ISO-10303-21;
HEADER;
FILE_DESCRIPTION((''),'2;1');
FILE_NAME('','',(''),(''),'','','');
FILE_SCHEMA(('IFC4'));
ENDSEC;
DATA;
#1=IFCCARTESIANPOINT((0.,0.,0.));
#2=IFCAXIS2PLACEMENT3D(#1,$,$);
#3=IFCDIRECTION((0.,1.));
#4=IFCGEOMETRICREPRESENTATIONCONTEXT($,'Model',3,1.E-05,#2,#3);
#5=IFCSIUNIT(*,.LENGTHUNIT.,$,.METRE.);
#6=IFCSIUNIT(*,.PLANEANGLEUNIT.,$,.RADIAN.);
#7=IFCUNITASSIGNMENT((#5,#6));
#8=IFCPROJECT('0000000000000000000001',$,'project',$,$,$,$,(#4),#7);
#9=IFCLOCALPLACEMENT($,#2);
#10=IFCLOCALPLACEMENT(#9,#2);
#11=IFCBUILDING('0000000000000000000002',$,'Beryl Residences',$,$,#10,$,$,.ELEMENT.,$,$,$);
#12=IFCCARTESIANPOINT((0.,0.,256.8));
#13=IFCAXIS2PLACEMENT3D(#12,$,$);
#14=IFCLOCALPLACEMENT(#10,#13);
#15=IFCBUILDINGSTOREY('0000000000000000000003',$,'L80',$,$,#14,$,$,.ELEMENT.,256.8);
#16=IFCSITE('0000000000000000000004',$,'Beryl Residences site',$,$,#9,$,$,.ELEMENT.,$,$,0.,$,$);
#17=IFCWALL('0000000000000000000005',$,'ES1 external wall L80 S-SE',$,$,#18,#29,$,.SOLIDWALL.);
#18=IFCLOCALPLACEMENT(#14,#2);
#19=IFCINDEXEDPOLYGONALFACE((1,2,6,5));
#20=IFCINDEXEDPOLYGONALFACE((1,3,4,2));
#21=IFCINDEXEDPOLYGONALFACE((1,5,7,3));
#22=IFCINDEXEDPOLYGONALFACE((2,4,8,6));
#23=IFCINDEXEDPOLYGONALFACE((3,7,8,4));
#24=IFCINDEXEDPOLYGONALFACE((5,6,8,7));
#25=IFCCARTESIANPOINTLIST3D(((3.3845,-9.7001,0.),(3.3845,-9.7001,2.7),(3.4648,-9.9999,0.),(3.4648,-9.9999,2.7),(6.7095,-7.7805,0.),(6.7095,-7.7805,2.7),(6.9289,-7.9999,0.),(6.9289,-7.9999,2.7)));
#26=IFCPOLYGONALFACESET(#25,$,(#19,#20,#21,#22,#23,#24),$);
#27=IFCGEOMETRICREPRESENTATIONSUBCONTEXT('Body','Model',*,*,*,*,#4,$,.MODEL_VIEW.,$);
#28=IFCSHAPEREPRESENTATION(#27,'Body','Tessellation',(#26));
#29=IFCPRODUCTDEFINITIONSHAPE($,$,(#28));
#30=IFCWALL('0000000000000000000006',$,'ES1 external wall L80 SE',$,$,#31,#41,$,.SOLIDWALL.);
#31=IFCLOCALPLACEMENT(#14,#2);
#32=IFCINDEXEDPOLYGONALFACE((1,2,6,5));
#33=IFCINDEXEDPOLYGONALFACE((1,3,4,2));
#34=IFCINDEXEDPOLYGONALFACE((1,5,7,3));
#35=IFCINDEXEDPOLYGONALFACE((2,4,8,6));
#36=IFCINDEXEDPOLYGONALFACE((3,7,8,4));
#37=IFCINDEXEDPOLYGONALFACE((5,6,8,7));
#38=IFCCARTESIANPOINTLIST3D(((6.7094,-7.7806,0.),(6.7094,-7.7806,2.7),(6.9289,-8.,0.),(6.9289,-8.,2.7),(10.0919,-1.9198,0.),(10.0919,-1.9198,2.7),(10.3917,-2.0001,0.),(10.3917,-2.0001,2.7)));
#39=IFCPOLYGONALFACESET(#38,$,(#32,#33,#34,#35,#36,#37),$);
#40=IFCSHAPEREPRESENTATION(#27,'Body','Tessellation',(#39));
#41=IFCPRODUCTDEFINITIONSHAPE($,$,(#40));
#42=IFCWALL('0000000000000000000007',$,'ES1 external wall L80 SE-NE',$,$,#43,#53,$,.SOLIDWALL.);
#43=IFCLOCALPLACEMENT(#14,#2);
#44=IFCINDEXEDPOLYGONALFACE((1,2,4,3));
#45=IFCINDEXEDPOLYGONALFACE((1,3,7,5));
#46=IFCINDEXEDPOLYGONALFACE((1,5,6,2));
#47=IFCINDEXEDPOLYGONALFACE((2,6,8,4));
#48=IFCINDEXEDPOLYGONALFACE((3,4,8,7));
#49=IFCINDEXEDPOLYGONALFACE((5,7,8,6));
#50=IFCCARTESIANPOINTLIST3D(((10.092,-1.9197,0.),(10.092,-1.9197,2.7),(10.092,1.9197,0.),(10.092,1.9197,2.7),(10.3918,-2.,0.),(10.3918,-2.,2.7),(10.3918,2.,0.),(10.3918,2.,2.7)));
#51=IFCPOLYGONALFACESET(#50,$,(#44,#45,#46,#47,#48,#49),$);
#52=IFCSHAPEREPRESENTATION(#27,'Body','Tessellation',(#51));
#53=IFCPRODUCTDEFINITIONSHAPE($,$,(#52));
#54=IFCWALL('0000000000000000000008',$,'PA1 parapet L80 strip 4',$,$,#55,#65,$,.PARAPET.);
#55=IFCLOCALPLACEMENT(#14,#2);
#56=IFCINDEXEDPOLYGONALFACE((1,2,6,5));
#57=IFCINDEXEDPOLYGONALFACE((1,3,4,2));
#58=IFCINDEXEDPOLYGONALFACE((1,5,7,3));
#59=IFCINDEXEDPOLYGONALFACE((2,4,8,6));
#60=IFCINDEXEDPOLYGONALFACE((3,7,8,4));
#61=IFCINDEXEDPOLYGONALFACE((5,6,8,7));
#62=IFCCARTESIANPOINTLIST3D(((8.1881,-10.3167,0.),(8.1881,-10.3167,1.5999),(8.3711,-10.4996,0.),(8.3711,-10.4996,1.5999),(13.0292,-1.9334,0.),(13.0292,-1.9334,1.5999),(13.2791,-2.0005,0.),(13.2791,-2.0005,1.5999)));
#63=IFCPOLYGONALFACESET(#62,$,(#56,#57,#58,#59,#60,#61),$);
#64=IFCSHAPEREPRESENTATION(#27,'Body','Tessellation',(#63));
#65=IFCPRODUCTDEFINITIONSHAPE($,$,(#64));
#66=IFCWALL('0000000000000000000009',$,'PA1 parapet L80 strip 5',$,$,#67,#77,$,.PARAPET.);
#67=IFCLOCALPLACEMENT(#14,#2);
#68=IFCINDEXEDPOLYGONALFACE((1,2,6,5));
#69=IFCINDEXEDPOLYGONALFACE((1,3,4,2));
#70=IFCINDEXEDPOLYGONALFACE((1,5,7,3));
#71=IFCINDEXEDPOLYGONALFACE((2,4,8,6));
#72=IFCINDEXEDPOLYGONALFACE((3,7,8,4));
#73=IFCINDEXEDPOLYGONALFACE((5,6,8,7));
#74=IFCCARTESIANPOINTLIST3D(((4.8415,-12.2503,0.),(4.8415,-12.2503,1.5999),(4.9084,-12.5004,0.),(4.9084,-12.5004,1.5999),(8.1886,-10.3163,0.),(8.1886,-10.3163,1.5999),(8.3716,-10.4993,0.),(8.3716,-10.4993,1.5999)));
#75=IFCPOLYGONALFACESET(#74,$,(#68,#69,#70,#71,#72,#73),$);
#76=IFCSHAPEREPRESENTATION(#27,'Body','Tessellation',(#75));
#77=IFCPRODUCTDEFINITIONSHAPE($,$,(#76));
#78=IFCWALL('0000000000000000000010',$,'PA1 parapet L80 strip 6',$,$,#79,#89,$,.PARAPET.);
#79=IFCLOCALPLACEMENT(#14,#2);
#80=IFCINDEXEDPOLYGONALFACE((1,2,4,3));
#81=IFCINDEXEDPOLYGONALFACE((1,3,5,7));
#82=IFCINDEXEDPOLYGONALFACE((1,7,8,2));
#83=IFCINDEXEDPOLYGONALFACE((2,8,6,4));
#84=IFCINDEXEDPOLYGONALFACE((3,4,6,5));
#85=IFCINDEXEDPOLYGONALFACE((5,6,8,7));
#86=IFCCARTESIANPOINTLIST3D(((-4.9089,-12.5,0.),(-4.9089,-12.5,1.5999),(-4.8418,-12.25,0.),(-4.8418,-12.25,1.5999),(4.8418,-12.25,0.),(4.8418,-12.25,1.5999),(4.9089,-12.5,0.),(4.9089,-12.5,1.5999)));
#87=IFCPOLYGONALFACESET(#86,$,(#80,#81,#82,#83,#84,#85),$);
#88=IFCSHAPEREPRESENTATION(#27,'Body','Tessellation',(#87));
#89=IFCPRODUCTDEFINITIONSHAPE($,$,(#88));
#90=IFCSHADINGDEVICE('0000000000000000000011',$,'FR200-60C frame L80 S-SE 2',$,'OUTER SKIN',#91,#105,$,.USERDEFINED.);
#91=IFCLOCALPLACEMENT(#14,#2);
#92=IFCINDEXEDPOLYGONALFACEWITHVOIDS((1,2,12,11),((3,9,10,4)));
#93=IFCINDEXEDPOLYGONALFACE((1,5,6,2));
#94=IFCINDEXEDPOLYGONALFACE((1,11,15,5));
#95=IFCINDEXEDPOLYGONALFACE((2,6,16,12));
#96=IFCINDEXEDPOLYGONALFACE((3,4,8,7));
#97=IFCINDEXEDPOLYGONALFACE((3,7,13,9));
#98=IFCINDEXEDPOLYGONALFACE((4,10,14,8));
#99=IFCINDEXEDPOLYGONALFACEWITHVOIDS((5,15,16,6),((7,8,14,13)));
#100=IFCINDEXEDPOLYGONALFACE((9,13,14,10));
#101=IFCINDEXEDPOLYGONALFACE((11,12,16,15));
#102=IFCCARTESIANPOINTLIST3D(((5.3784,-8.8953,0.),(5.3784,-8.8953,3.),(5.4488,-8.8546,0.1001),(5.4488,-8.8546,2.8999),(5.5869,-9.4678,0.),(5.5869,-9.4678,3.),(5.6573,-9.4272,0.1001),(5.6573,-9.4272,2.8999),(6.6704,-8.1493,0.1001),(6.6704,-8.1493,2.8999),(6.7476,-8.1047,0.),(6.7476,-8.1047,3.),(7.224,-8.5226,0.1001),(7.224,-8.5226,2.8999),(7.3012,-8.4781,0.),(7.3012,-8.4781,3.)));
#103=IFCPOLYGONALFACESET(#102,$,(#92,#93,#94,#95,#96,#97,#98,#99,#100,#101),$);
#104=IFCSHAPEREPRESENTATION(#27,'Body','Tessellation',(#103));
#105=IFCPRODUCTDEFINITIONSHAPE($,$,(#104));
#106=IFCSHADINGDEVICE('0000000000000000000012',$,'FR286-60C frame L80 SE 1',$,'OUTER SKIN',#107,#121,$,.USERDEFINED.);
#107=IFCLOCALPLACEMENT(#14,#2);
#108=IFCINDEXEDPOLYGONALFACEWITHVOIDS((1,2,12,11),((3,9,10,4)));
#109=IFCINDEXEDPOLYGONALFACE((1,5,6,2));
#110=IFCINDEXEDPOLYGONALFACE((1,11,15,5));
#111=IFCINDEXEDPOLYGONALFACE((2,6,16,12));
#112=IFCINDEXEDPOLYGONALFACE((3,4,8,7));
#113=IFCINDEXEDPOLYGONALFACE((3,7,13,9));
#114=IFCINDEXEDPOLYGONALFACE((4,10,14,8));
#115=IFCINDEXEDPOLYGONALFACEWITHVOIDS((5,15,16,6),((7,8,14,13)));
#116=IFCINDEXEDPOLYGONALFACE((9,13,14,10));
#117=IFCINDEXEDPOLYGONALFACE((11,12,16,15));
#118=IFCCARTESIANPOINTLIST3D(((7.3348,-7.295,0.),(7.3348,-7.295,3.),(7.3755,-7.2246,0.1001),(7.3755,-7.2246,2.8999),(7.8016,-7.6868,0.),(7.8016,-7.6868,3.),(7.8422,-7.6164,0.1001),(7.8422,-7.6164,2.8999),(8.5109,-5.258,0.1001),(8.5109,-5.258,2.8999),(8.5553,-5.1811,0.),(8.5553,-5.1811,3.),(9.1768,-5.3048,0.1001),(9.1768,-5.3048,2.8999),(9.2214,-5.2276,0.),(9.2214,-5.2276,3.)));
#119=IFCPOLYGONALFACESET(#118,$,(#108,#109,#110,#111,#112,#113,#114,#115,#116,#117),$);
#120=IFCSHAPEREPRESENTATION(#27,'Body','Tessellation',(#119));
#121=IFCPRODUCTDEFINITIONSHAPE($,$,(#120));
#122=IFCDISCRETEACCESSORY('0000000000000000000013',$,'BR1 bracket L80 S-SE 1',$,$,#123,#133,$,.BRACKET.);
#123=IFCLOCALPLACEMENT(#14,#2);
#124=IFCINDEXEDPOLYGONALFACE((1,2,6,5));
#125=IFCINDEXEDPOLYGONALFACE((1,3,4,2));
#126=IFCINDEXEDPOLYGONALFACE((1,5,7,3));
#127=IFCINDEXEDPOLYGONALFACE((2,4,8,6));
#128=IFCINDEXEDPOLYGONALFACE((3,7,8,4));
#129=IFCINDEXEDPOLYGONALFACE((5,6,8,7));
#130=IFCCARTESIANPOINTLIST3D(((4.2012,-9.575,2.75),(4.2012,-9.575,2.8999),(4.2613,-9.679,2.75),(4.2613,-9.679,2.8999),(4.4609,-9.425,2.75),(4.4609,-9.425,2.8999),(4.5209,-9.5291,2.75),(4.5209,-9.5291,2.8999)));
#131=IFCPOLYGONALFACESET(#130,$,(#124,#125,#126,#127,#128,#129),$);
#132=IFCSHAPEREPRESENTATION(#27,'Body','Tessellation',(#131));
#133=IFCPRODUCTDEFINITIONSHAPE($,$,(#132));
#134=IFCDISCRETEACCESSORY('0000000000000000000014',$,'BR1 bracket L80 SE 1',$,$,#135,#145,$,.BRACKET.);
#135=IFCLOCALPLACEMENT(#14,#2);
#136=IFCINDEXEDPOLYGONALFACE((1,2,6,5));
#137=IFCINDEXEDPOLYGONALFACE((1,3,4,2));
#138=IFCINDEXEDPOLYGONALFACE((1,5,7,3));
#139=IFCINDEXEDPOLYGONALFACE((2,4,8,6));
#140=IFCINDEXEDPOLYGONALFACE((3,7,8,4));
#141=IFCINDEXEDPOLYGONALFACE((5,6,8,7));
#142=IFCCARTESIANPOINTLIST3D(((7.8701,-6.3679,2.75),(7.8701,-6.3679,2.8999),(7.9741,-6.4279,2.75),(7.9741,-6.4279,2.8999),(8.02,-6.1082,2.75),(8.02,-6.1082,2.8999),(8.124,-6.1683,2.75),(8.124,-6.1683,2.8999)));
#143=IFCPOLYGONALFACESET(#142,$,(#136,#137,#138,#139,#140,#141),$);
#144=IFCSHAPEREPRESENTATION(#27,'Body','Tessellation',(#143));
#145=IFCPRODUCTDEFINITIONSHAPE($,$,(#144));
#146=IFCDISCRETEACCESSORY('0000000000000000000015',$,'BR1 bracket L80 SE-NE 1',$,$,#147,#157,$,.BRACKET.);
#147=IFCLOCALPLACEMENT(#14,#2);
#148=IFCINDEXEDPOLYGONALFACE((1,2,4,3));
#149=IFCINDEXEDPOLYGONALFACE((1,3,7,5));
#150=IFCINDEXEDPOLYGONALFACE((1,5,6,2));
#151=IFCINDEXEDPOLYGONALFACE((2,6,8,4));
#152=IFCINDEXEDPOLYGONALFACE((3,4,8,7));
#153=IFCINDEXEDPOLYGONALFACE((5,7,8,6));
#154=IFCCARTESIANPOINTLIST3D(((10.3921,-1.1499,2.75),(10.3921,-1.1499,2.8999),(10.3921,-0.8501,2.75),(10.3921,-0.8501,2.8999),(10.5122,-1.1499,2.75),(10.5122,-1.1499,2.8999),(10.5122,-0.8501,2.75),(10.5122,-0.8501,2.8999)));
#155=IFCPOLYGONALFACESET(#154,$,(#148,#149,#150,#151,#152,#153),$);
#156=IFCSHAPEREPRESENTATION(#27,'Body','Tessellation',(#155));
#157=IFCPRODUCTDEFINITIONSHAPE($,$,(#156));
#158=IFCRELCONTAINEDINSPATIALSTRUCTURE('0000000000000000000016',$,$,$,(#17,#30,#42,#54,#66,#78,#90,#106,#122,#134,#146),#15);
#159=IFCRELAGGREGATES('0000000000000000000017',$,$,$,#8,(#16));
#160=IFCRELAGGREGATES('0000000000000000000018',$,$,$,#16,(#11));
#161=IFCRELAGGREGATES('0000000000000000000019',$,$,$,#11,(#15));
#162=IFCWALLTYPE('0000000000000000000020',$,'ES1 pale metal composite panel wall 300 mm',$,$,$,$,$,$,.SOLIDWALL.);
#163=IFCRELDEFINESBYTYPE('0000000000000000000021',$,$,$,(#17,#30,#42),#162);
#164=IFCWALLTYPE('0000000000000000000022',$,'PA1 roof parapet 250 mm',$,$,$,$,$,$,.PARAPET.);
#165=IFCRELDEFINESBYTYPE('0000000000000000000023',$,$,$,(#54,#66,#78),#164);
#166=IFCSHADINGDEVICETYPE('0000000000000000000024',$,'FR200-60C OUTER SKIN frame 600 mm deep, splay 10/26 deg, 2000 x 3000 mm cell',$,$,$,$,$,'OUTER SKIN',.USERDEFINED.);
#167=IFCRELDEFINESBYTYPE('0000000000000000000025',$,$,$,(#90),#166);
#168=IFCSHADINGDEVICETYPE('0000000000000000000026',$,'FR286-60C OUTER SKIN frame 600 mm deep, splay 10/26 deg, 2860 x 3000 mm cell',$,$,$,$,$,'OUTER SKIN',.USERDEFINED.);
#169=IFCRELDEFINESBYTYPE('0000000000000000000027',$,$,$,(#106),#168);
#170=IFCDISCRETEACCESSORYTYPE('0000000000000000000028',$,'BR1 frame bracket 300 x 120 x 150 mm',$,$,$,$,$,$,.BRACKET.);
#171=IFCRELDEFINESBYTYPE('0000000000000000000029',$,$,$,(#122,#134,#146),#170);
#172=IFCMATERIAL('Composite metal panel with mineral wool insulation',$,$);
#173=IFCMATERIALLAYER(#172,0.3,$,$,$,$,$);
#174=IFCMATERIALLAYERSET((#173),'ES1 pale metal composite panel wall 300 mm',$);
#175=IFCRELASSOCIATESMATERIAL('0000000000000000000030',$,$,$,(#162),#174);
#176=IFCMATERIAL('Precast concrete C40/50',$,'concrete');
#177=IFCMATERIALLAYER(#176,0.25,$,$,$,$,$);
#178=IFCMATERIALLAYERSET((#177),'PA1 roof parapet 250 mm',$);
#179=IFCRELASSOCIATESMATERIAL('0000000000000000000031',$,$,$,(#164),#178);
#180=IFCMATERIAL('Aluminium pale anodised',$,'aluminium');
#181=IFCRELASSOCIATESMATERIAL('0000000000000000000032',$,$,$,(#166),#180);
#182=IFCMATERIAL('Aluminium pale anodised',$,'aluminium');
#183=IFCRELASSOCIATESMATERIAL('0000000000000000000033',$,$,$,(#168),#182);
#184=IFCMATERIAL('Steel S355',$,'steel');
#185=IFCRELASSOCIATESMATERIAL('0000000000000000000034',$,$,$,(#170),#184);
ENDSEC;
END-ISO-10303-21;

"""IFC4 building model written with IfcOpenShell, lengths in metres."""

from ifc_helpers import new_model, entity, si_unit, direction, frame, origin, place, context, subcontext, project, spatial, polyline, outline, extrude, source, transform, mapped, material, layer, layer_set, type_object, type_shapes, element, save


model = new_model("IFC4")

# Units and contexts
model_context = context("Model", 3, precision=1e-05, world=origin(), true_north=direction((0.0, 1.0)))
body_context = subcontext(model_context, "Body", "Model", "MODEL_VIEW")
ifc_project = project(units=[si_unit("LENGTHUNIT", "METRE"), si_unit("PLANEANGLEUNIT", "RADIAN")], contexts=[model_context])

# Site, building, storey
site_placement = place(None, origin())
site = spatial("IfcSite", under=ifc_project, at=site_placement, Name="Beryl Residences site", CompositionType="ELEMENT", RefElevation=0.0)
building_placement = place(site_placement, origin())
building = spatial("IfcBuilding", under=site, at=building_placement, Name="Beryl Residences", CompositionType="ELEMENT")
storey_placement = place(building_placement, frame((0.0, 0.0, 256.8)))
storey = spatial("IfcBuildingStorey", under=building, at=storey_placement, Name="L80", CompositionType="ELEMENT", Elevation=256.8)

# Walls
ifc_material_1 = material(Name="Composite metal panel with mineral wool insulation")
ifc_layer_1 = layer(ifc_material_1, 0.3)
ifc_layer_set_1 = layer_set([ifc_layer_1], Name="ES1 pale metal composite panel wall 300 mm")
wall_type_1 = type_object("IfcWallType", Name="ES1 pale metal composite panel wall 300 mm", PredefinedType="SOLIDWALL", material=ifc_layer_set_1)
wall_1_placement = place(storey_placement, frame((3.3899, -9.8701, 0.0), z_axis=(0.0, 0.0, 1.0), x_axis=(0.866026, 0.499999, 0.0)))
element("IfcWall", 1, at=wall_1_placement, inside=storey, type_object=wall_type_1, Name="ES1 external wall L80 S-SE", PredefinedType="SOLIDWALL", context=body_context, shape_type="SweptSolid", body=[
    extrude(outline(polyline([(0.0, -0.1499), (4.0, -0.1499), (3.9197, 0.1499), (0.0803, 0.1499), (0.0, -0.1499)])), origin(), (0.0, 0.0, 1.0), 2.7),
])
wall_2_placement = place(storey_placement, frame((6.7991, -7.925, 0.0), z_axis=(0.0, 0.0, 1.0), x_axis=(0.499869, 0.866101, 0.0)))
element("IfcWall", 2, at=wall_2_placement, inside=storey, type_object=wall_type_1, Name="ES1 external wall L80 SE", PredefinedType="SOLIDWALL", context=body_context, shape_type="SweptSolid", body=[
    extrude(outline(polyline([(0.0, -0.1499), (6.9275, -0.1499), (6.8472, 0.1499), (0.0803, 0.1499), (0.0, -0.1499)])), origin(), (0.0, 0.0, 1.0), 2.7),
])
wall_3_placement = place(storey_placement, frame((10.2419, -2.0, 0.0), z_axis=(0.0, 0.0, 1.0), x_axis=(0.0, 1.0, 0.0)))
element("IfcWall", 3, at=wall_3_placement, inside=storey, type_object=wall_type_1, Name="ES1 external wall L80 SE-NE", PredefinedType="SOLIDWALL", context=body_context, shape_type="SweptSolid", body=[
    extrude(outline(polyline([(0.0, -0.1499), (4.0, -0.1499), (3.9197, 0.1499), (0.0803, 0.1499), (0.0, -0.1499)])), origin(), (0.0, 0.0, 1.0), 2.7),
])
ifc_material_2 = material(Name="Precast concrete C40/50", Category="concrete")
ifc_layer_2 = layer(ifc_material_2, 0.25)
ifc_layer_set_2 = layer_set([ifc_layer_2], Name="PA1 roof parapet 250 mm")
wall_type_2 = type_object("IfcWallType", Name="PA1 roof parapet 250 mm", PredefinedType="PARAPET", material=ifc_layer_set_2)
wall_4_placement = place(storey_placement, frame((13.1709, -1.938, 0.0), z_axis=(0.0, 0.0, 1.0), x_axis=(-0.50008, -0.865979, 0.0)))
element("IfcWall", 4, at=wall_4_placement, inside=storey, type_object=wall_type_2, Name="PA1 parapet L80 strip 4", PredefinedType="PARAPET", context=body_context, shape_type="SweptSolid", body=[
    extrude(outline(polyline([(0.0669, -0.125), (9.7476, -0.125), (9.8145, 0.125), (0.0, 0.125), (0.0669, -0.125)])), origin(), (0.0, 0.0, 1.0), 1.5999),
])
wall_5_placement = place(storey_placement, frame((8.3091, -10.3911, 0.0), z_axis=(0.0, 0.0, 1.0), x_axis=(-0.865859, -0.500288, 0.0)))
element("IfcWall", 5, at=wall_5_placement, inside=storey, type_object=wall_type_2, Name="PA1 parapet L80 strip 5", PredefinedType="PARAPET", context=body_context, shape_type="SweptSolid", body=[
    extrude(outline(polyline([(0.0669, -0.125), (3.9326, -0.125), (3.9998, 0.125), (0.0, 0.125), (0.0669, -0.125)])), origin(), (0.0, 0.0, 1.0), 1.5999),
])
wall_6_placement = place(storey_placement, frame((4.9089, -12.375, 0.0), z_axis=(0.0, 0.0, 1.0), x_axis=(-1.0, 0.0, 0.0)))
element("IfcWall", 6, at=wall_6_placement, inside=storey, type_object=wall_type_2, Name="PA1 parapet L80 strip 6", PredefinedType="PARAPET", context=body_context, shape_type="SweptSolid", body=[
    extrude(outline(polyline([(0.0671, -0.125), (9.7507, -0.125), (9.8179, 0.125), (0.0, 0.125), (0.0671, -0.125)])), origin(), (0.0, 0.0, 1.0), 1.5999),
])

# Shading devices
ifc_material_3 = material(Name="Aluminium pale anodised", Category="aluminium")
shading_device_type_1 = type_object("IfcShadingDeviceType", Name="FR200-60C OUTER SKIN frame 600 mm deep, splay 10/26 deg, 2000 x 3000 mm cell", ElementType="OUTER SKIN", PredefinedType="USERDEFINED", material=ifc_material_3)
cartesian_point_1 = entity("IfcCartesianPoint", [-0.7905, 0.0])
cartesian_point_2 = entity("IfcCartesianPoint", [-0.7092, 0.1001])
cartesian_point_3 = entity("IfcCartesianPoint", [-0.8962, 0.0])
cartesian_point_4 = entity("IfcCartesianPoint", [-0.8149, 0.1001])
shared_shape_1 = source(origin(), body_context, "Body", "SweptSolid", [
    entity("IfcExtrudedAreaSolidTapered", entity("IfcArbitraryProfileDefWithVoids", "AREA", None, entity("IfcPolyline", [cartesian_point_1, entity("IfcCartesianPoint", [0.7905, 0.0]), entity("IfcCartesianPoint", [0.7905, 3.0]), entity("IfcCartesianPoint", [-0.7905, 3.0]), cartesian_point_1]), [entity("IfcPolyline", [cartesian_point_2, entity("IfcCartesianPoint", [0.7014, 0.1001]), entity("IfcCartesianPoint", [0.7014, 2.8999]), entity("IfcCartesianPoint", [-0.7092, 2.8999]), cartesian_point_2])]), entity("IfcAxis2Placement3D", entity("IfcCartesianPoint", [0.0, 0.0, 0.0]), entity("IfcDirection", [0.0, 1.0, 0.0]), entity("IfcDirection", [-1.0, 0.0, 0.0])), entity("IfcDirection", [0.0, 0.0, 1.0]), 0.6001, entity("IfcArbitraryProfileDefWithVoids", "AREA", None, entity("IfcPolyline", [cartesian_point_3, entity("IfcCartesianPoint", [1.0833, 0.0]), entity("IfcCartesianPoint", [1.0833, 3.0]), entity("IfcCartesianPoint", [-0.8962, 3.0]), cartesian_point_3]), [entity("IfcPolyline", [cartesian_point_4, entity("IfcCartesianPoint", [0.9941, 0.1001]), entity("IfcCartesianPoint", [0.9941, 2.8999]), entity("IfcCartesianPoint", [-0.8149, 2.8999]), cartesian_point_4])])),
])
type_shapes(shading_device_type_1, [shared_shape_1])
for number, where, z_axis, x_axis, name in (
    (7, (6.063, -8.5, 0.0), (0.0, 0.0, 1.0), (-0.866025, -0.5, 0.0), "FR200-60C frame L80 S-SE 2"),
):
    element("IfcShadingDevice", number, at=place(storey_placement, frame(where, z_axis=z_axis, x_axis=x_axis)), inside=storey, type_object=shading_device_type_1, Name=name, ObjectType="OUTER SKIN", PredefinedType="USERDEFINED", context=body_context, shape_type="MappedRepresentation", body=[
        mapped(shared_shape_1, transform((0.0, 0.0, 0.0))),
    ])
ifc_material_4 = material(Name="Aluminium pale anodised", Category="aluminium")
shading_device_type_2 = type_object("IfcShadingDeviceType", Name="FR286-60C OUTER SKIN frame 600 mm deep, splay 10/26 deg, 2860 x 3000 mm cell", ElementType="OUTER SKIN", PredefinedType="USERDEFINED", material=ifc_material_4)
cartesian_point_5 = entity("IfcCartesianPoint", [-1.2205, 0.0])
cartesian_point_6 = entity("IfcCartesianPoint", [-1.1392, 0.1001])
cartesian_point_7 = entity("IfcCartesianPoint", [-1.3264, 0.0])
cartesian_point_8 = entity("IfcCartesianPoint", [-1.2451, 0.1001])
shared_shape_2 = source(origin(), body_context, "Body", "SweptSolid", [
    entity("IfcExtrudedAreaSolidTapered", entity("IfcArbitraryProfileDefWithVoids", "AREA", None, entity("IfcPolyline", [cartesian_point_5, entity("IfcCartesianPoint", [1.2205, 0.0]), entity("IfcCartesianPoint", [1.2205, 3.0]), entity("IfcCartesianPoint", [-1.2205, 3.0]), cartesian_point_5]), [entity("IfcPolyline", [cartesian_point_6, entity("IfcCartesianPoint", [1.1316, 0.1001]), entity("IfcCartesianPoint", [1.1316, 2.8999]), entity("IfcCartesianPoint", [-1.1392, 2.8999]), cartesian_point_6])]), entity("IfcAxis2Placement3D", entity("IfcCartesianPoint", [0.0, 0.0, 0.0]), entity("IfcDirection", [0.0, 1.0, 0.0]), entity("IfcDirection", [-1.0, 0.0, 0.0])), entity("IfcDirection", [0.0, 0.0, 1.0]), 0.6001, entity("IfcArbitraryProfileDefWithVoids", "AREA", None, entity("IfcPolyline", [cartesian_point_7, entity("IfcCartesianPoint", [1.5132, 0.0]), entity("IfcCartesianPoint", [1.5132, 3.0]), entity("IfcCartesianPoint", [-1.3264, 3.0]), cartesian_point_7]), [entity("IfcPolyline", [cartesian_point_8, entity("IfcCartesianPoint", [1.4241, 0.1001]), entity("IfcCartesianPoint", [1.4241, 2.8999]), entity("IfcCartesianPoint", [-1.2451, 2.8999]), cartesian_point_8])])),
])
type_shapes(shading_device_type_2, [shared_shape_2])
for number, where, z_axis, x_axis, name in (
    (8, (7.9451, -6.238, 0.0), (0.0, 0.0, 1.0), (-0.5, -0.866025, 0.0), "FR286-60C frame L80 SE 1"),
):
    element("IfcShadingDevice", number, at=place(storey_placement, frame(where, z_axis=z_axis, x_axis=x_axis)), inside=storey, type_object=shading_device_type_2, Name=name, ObjectType="OUTER SKIN", PredefinedType="USERDEFINED", context=body_context, shape_type="MappedRepresentation", body=[
        mapped(shared_shape_2, transform((0.0, 0.0, 0.0))),
    ])

# Discrete accessories
ifc_material_5 = material(Name="Steel S355", Category="steel")
discrete_accessory_type = type_object("IfcDiscreteAccessoryType", Name="BR1 frame bracket 300 x 120 x 150 mm", PredefinedType="BRACKET", material=ifc_material_5)
shared_shape_3 = source(origin(), body_context, "Body", "SweptSolid", [
    extrude(outline(polyline([(-0.1499, 0.0), (0.1499, 0.0), (0.1499, 0.1201), (-0.1499, 0.1201), (-0.1499, 0.0)])), origin(), (0.0, 0.0, 1.0), 0.1499),
])
type_shapes(discrete_accessory_type, [shared_shape_3])
for number, where, z_axis, x_axis, name in (
    (9, (4.3311, -9.5, 2.75), (0.0, 0.0, 1.0), (-0.866025, -0.5, 0.0), "BR1 bracket L80 S-SE 1"),
    (10, (7.9451, -6.238, 2.75), (0.0, 0.0, 1.0), (-0.5, -0.866025, 0.0), "BR1 bracket L80 SE 1"),
    (11, (10.3921, -1.0, 2.75), (0.0, 0.0, 1.0), (0.0, -1.0, 0.0), "BR1 bracket L80 SE-NE 1"),
):
    element("IfcDiscreteAccessory", number, at=place(storey_placement, frame(where, z_axis=z_axis, x_axis=x_axis)), inside=storey, type_object=discrete_accessory_type, Name=name, PredefinedType="BRACKET", context=body_context, shape_type="MappedRepresentation", body=[
        mapped(shared_shape_3, transform((0.0, 0.0, 0.0))),
    ])

save(model, "model.ifc")
